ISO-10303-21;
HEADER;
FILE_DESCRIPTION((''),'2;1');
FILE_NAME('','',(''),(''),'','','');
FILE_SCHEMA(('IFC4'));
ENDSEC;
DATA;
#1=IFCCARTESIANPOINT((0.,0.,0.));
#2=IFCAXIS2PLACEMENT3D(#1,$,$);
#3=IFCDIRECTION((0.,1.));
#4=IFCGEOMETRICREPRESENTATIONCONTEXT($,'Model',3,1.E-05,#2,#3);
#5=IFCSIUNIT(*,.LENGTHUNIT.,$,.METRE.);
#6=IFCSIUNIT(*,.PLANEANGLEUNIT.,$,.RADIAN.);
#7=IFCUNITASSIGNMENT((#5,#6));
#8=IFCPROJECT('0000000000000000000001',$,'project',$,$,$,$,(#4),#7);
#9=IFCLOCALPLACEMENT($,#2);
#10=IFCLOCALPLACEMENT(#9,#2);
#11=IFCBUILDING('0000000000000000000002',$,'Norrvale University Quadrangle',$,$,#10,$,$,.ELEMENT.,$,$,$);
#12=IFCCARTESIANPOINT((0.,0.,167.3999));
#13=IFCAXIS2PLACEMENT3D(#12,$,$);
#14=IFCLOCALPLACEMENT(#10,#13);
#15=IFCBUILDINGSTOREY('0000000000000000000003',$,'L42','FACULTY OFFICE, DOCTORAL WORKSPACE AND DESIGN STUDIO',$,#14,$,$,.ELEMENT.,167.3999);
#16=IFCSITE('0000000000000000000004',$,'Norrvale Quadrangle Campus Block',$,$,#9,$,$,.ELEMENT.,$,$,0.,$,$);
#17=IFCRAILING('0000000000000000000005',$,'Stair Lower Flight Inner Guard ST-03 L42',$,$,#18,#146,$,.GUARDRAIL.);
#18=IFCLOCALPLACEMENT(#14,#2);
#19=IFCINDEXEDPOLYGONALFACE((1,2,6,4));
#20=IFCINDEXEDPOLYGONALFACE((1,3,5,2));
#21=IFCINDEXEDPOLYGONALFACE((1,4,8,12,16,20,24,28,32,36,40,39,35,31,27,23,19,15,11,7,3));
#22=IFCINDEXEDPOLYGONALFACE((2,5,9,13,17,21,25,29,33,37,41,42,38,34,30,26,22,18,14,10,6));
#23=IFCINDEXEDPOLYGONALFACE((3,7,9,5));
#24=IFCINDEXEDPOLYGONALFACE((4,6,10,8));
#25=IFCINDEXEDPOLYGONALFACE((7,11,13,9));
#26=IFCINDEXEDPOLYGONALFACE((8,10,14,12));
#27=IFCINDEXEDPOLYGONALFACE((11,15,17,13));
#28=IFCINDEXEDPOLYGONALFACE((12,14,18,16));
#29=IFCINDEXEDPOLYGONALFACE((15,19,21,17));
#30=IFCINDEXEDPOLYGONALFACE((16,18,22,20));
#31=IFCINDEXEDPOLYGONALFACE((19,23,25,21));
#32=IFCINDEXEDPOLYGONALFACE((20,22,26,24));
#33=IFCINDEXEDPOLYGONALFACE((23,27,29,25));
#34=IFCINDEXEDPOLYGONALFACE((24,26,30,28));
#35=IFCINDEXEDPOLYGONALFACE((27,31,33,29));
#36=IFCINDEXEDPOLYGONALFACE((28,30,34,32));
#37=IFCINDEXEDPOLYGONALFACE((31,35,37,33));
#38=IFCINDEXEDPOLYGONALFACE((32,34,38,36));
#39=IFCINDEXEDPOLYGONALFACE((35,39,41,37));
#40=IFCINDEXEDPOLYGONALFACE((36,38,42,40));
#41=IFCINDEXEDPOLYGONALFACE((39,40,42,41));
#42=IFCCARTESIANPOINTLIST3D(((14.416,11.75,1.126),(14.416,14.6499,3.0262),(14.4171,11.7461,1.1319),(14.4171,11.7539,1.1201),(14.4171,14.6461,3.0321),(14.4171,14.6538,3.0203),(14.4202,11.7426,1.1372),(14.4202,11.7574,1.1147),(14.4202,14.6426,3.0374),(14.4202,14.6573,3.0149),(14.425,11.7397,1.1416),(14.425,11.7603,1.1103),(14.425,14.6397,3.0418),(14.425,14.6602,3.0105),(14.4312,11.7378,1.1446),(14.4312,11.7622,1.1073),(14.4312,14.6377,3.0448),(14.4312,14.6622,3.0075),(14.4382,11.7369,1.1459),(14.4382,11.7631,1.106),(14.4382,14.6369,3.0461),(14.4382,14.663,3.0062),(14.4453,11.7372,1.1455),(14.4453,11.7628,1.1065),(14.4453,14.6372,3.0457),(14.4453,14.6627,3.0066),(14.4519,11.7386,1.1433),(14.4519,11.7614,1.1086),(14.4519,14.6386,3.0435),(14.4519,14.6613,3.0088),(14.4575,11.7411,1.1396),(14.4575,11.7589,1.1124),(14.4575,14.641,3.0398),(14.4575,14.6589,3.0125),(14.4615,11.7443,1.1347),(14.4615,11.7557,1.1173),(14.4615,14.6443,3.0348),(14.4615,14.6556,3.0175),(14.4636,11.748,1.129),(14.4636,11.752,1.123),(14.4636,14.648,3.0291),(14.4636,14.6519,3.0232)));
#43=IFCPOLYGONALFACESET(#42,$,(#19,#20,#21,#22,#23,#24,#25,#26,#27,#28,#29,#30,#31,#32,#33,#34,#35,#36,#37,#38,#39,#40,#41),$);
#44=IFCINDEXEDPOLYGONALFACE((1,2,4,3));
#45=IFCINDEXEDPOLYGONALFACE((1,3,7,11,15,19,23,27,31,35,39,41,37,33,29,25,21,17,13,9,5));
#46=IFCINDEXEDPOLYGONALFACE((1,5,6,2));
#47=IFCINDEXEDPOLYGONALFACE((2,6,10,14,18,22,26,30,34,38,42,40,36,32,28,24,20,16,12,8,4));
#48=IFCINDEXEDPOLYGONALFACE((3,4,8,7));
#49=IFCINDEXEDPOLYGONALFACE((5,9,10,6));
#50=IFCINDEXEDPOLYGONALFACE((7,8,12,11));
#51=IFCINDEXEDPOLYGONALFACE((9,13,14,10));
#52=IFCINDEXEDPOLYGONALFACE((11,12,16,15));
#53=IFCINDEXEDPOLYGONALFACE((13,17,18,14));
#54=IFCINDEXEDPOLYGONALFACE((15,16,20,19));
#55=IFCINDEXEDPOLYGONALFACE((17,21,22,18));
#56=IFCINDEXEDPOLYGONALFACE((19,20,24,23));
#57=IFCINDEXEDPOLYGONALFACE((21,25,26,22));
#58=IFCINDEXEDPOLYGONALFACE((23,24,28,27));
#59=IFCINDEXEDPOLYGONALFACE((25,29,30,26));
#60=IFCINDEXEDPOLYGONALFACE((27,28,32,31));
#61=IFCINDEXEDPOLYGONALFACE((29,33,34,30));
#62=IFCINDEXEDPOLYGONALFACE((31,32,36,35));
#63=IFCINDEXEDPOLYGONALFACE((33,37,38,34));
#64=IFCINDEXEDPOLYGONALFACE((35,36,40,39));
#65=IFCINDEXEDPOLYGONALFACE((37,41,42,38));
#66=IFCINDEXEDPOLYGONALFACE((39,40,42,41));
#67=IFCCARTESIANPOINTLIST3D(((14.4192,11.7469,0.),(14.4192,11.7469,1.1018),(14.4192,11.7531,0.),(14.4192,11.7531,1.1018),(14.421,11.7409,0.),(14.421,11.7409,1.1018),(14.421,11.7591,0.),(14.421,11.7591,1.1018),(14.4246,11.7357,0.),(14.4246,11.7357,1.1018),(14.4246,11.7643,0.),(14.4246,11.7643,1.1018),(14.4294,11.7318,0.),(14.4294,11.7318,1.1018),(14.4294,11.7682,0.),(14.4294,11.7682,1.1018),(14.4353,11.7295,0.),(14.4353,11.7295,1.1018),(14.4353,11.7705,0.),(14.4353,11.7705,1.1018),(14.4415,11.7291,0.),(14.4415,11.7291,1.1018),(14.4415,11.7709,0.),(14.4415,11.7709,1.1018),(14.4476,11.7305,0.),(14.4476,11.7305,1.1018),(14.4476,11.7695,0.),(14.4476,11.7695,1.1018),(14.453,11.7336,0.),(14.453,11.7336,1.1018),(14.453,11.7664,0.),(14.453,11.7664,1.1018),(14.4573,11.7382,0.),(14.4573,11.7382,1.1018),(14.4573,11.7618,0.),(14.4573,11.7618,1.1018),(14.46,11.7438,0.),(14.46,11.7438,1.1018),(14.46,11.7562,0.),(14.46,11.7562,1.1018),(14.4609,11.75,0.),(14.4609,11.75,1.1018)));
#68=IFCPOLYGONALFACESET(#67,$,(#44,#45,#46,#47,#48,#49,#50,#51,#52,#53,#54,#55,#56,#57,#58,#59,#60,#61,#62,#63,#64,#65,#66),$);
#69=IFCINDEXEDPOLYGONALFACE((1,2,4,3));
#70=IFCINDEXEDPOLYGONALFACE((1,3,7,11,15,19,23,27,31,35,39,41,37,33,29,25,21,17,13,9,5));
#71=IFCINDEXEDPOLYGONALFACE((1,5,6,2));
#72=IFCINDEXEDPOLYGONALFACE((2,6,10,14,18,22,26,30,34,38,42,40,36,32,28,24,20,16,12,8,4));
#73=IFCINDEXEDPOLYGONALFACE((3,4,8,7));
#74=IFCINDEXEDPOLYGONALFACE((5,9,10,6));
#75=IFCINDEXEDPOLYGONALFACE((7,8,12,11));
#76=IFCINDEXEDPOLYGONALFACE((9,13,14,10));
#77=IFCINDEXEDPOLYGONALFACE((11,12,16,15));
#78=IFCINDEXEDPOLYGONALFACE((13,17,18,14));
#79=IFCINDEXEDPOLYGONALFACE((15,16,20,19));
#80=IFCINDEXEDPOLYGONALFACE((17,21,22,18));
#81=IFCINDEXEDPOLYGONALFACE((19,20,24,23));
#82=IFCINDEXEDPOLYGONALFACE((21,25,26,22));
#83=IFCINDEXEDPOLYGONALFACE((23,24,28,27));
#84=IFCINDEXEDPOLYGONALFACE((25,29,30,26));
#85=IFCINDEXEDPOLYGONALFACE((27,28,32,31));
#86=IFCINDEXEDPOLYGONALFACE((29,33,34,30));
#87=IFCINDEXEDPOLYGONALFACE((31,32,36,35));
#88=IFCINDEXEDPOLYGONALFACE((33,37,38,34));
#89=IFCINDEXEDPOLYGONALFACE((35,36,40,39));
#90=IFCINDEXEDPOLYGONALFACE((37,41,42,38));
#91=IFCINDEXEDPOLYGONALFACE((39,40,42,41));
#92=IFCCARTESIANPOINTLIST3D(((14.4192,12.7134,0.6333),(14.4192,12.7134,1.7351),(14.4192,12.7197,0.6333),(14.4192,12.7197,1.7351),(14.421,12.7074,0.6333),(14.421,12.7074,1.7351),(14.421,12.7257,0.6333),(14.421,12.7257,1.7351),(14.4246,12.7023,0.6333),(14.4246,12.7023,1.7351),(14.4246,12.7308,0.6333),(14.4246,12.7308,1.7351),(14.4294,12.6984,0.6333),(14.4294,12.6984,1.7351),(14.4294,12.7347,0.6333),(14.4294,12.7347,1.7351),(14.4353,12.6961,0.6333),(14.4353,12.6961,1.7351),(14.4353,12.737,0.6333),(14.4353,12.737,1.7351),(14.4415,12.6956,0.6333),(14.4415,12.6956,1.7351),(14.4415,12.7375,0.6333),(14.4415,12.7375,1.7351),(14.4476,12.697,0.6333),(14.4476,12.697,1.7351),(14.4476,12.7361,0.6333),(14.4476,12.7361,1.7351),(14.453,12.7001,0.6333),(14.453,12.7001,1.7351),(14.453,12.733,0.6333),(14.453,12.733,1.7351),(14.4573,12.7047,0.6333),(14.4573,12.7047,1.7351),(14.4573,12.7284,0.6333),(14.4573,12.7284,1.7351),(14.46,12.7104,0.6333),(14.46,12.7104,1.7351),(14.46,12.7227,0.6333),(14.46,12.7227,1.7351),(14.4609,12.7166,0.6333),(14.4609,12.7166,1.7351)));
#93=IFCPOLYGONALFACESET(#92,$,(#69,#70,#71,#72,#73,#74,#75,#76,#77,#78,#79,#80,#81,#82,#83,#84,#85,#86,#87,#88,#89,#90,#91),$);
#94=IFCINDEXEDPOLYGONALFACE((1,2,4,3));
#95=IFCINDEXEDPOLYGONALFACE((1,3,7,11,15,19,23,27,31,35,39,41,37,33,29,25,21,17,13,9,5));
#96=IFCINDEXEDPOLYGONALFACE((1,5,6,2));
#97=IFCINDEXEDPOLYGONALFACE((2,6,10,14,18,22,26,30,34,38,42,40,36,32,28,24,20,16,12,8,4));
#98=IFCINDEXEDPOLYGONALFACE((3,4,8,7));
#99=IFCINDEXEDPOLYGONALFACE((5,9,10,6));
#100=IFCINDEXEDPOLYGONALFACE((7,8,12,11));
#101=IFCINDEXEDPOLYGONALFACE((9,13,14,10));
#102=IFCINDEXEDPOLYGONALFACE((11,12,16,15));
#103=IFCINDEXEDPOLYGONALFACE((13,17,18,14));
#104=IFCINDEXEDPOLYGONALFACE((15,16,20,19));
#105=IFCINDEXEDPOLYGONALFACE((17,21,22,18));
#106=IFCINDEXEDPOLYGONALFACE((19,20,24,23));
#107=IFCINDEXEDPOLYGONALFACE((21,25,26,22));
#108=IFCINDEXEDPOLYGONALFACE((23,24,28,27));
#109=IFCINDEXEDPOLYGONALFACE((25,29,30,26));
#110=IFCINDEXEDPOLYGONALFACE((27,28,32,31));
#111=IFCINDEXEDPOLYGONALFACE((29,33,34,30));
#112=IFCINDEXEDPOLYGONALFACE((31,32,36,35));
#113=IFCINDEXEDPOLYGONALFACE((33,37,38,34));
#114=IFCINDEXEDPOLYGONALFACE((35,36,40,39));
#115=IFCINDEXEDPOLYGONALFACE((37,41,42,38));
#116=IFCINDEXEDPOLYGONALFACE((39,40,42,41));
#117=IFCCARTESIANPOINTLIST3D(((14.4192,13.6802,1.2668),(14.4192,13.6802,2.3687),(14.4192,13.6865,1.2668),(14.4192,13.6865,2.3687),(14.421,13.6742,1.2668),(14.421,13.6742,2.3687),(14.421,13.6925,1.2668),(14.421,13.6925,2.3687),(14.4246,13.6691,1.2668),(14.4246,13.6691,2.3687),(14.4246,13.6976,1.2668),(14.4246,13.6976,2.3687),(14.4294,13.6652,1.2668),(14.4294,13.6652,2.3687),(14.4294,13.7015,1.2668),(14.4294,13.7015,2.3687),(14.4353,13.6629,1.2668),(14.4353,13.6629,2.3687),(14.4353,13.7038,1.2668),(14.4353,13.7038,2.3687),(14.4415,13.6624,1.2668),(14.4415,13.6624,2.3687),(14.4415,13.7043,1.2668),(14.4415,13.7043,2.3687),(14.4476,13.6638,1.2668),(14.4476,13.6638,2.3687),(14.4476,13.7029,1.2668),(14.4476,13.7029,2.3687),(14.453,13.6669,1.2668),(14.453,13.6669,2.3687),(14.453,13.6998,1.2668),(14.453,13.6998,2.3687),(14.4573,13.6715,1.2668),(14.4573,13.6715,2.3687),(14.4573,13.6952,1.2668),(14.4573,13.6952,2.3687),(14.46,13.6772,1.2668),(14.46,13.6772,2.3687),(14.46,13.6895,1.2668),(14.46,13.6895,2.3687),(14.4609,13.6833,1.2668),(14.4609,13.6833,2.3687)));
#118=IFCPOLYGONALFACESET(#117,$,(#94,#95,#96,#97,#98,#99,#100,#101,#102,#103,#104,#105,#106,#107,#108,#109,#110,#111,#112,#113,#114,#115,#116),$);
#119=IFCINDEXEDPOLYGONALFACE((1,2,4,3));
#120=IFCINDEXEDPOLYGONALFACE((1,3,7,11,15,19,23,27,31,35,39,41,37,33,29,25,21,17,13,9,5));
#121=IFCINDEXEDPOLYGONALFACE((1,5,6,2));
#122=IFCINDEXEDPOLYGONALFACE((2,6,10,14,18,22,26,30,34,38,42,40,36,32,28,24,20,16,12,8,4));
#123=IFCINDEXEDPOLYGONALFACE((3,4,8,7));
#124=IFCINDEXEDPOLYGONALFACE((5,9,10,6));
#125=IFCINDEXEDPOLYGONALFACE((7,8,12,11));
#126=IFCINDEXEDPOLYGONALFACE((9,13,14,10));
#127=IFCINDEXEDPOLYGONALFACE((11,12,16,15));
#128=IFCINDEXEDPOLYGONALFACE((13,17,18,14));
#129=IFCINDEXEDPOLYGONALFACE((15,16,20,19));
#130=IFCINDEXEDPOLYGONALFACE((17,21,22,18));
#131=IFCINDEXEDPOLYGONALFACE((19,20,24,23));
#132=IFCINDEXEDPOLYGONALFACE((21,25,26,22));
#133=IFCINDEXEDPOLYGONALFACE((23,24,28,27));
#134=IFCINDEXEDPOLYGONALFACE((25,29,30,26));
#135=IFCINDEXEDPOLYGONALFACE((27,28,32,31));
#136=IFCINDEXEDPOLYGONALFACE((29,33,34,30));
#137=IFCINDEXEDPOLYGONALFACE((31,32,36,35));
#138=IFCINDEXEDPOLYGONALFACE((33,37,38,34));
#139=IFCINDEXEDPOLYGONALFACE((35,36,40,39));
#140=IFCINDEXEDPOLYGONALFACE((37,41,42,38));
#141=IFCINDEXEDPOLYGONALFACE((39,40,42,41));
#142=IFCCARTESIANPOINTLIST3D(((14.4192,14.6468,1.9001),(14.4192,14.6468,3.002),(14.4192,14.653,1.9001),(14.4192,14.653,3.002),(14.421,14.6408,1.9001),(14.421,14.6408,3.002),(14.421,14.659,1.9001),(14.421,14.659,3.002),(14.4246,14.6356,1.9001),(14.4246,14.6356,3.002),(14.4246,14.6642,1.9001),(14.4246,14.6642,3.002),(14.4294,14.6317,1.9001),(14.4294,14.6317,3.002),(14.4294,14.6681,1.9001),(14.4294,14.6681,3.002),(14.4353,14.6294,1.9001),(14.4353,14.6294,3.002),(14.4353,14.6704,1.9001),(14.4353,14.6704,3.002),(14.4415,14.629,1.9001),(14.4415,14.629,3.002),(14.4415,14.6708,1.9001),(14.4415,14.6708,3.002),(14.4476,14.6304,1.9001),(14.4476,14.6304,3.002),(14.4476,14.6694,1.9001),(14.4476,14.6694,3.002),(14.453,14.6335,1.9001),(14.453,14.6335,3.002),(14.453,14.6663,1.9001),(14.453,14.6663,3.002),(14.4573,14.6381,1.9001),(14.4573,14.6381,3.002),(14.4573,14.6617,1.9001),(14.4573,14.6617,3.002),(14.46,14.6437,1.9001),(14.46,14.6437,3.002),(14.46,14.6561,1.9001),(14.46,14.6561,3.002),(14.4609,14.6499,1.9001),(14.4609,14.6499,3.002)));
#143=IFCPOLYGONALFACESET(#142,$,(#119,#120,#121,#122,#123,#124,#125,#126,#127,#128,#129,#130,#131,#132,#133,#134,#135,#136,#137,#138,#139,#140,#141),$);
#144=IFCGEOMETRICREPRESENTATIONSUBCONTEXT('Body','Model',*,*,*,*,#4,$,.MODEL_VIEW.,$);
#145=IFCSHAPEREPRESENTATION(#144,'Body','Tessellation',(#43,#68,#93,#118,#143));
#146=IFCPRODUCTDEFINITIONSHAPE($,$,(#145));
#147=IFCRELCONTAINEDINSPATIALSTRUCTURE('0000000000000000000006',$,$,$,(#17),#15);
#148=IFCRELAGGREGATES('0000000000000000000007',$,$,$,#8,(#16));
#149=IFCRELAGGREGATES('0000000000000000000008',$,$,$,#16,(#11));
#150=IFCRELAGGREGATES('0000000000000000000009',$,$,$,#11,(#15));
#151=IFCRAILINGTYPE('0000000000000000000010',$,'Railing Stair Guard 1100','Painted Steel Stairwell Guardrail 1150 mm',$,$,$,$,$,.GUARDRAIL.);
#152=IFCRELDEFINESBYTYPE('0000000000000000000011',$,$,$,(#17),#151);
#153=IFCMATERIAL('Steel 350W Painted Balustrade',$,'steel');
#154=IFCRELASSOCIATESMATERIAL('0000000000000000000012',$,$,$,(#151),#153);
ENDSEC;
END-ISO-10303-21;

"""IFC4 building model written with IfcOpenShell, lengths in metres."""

from ifc_helpers import new_model, si_unit, direction, frame, origin, origin_2d, place, context, subcontext, project, spatial, circle, extrude, material, type_object, element, save


model = new_model("IFC4")

# Units and contexts
model_context = context("Model", 3, precision=1e-05, world=origin(), true_north=direction((0.0, 1.0)))
body_context = subcontext(model_context, "Body", "Model", "MODEL_VIEW")
ifc_project = project(units=[si_unit("LENGTHUNIT", "METRE"), si_unit("PLANEANGLEUNIT", "RADIAN")], contexts=[model_context])

# Site, building, storey
site_placement = place(None, origin())
site = spatial("IfcSite", under=ifc_project, at=site_placement, Name="Norrvale Quadrangle Campus Block", CompositionType="ELEMENT", RefElevation=0.0)
building_placement = place(site_placement, origin())
building = spatial("IfcBuilding", under=site, at=building_placement, Name="Norrvale University Quadrangle", CompositionType="ELEMENT")
storey_placement = place(building_placement, frame((0.0, 0.0, 167.3999)))
storey = spatial("IfcBuildingStorey", under=building, at=storey_placement, Name="L42", Description="FACULTY OFFICE, DOCTORAL WORKSPACE AND DESIGN STUDIO", CompositionType="ELEMENT", Elevation=167.3999)

# Railing
ifc_material_1 = material(Name="Steel 350W Painted Balustrade", Category="steel")
railing_type_1 = type_object("IfcRailingType", Name="Railing Stair Guard 1100", Description="Painted Steel Stairwell Guardrail 1150 mm", PredefinedType="GUARDRAIL", material=ifc_material_1)
railing_1_placement = place(storey_placement, frame((14.4399, 11.75, 0.0)))
element("IfcRailing", 1, at=railing_1_placement, inside=storey, type_object=railing_type_1, Name="Stair Lower Flight Inner Guard ST-03 L42", PredefinedType="GUARDRAIL", context=body_context, shape_type="SweptSolid", body=[
    extrude(circle(Radius=0.0239, at=origin_2d()), frame((0.0, 0.0, 1.126), z_axis=(0.0, 0.836433, 0.548069), x_axis=(-1.0, 0.0, 0.0)), (0.0, 0.0, 1.0), 3.467),
    extrude(circle(Radius=0.021, at=origin_2d()), origin(), (0.0, 0.0, 1.0), 1.1018),
    extrude(circle(Radius=0.021, at=origin_2d()), frame((0.0, 0.9666, 0.6333)), (0.0, 0.0, 1.0), 1.1018),
    extrude(circle(Radius=0.021, at=origin_2d()), frame((0.0, 1.9333, 1.2668)), (0.0, 0.0, 1.0), 1.1018),
    extrude(circle(Radius=0.021, at=origin_2d()), frame((0.0, 2.8999, 1.9001)), (0.0, 0.0, 1.0), 1.1018),
])

save(model, "model.ifc")
